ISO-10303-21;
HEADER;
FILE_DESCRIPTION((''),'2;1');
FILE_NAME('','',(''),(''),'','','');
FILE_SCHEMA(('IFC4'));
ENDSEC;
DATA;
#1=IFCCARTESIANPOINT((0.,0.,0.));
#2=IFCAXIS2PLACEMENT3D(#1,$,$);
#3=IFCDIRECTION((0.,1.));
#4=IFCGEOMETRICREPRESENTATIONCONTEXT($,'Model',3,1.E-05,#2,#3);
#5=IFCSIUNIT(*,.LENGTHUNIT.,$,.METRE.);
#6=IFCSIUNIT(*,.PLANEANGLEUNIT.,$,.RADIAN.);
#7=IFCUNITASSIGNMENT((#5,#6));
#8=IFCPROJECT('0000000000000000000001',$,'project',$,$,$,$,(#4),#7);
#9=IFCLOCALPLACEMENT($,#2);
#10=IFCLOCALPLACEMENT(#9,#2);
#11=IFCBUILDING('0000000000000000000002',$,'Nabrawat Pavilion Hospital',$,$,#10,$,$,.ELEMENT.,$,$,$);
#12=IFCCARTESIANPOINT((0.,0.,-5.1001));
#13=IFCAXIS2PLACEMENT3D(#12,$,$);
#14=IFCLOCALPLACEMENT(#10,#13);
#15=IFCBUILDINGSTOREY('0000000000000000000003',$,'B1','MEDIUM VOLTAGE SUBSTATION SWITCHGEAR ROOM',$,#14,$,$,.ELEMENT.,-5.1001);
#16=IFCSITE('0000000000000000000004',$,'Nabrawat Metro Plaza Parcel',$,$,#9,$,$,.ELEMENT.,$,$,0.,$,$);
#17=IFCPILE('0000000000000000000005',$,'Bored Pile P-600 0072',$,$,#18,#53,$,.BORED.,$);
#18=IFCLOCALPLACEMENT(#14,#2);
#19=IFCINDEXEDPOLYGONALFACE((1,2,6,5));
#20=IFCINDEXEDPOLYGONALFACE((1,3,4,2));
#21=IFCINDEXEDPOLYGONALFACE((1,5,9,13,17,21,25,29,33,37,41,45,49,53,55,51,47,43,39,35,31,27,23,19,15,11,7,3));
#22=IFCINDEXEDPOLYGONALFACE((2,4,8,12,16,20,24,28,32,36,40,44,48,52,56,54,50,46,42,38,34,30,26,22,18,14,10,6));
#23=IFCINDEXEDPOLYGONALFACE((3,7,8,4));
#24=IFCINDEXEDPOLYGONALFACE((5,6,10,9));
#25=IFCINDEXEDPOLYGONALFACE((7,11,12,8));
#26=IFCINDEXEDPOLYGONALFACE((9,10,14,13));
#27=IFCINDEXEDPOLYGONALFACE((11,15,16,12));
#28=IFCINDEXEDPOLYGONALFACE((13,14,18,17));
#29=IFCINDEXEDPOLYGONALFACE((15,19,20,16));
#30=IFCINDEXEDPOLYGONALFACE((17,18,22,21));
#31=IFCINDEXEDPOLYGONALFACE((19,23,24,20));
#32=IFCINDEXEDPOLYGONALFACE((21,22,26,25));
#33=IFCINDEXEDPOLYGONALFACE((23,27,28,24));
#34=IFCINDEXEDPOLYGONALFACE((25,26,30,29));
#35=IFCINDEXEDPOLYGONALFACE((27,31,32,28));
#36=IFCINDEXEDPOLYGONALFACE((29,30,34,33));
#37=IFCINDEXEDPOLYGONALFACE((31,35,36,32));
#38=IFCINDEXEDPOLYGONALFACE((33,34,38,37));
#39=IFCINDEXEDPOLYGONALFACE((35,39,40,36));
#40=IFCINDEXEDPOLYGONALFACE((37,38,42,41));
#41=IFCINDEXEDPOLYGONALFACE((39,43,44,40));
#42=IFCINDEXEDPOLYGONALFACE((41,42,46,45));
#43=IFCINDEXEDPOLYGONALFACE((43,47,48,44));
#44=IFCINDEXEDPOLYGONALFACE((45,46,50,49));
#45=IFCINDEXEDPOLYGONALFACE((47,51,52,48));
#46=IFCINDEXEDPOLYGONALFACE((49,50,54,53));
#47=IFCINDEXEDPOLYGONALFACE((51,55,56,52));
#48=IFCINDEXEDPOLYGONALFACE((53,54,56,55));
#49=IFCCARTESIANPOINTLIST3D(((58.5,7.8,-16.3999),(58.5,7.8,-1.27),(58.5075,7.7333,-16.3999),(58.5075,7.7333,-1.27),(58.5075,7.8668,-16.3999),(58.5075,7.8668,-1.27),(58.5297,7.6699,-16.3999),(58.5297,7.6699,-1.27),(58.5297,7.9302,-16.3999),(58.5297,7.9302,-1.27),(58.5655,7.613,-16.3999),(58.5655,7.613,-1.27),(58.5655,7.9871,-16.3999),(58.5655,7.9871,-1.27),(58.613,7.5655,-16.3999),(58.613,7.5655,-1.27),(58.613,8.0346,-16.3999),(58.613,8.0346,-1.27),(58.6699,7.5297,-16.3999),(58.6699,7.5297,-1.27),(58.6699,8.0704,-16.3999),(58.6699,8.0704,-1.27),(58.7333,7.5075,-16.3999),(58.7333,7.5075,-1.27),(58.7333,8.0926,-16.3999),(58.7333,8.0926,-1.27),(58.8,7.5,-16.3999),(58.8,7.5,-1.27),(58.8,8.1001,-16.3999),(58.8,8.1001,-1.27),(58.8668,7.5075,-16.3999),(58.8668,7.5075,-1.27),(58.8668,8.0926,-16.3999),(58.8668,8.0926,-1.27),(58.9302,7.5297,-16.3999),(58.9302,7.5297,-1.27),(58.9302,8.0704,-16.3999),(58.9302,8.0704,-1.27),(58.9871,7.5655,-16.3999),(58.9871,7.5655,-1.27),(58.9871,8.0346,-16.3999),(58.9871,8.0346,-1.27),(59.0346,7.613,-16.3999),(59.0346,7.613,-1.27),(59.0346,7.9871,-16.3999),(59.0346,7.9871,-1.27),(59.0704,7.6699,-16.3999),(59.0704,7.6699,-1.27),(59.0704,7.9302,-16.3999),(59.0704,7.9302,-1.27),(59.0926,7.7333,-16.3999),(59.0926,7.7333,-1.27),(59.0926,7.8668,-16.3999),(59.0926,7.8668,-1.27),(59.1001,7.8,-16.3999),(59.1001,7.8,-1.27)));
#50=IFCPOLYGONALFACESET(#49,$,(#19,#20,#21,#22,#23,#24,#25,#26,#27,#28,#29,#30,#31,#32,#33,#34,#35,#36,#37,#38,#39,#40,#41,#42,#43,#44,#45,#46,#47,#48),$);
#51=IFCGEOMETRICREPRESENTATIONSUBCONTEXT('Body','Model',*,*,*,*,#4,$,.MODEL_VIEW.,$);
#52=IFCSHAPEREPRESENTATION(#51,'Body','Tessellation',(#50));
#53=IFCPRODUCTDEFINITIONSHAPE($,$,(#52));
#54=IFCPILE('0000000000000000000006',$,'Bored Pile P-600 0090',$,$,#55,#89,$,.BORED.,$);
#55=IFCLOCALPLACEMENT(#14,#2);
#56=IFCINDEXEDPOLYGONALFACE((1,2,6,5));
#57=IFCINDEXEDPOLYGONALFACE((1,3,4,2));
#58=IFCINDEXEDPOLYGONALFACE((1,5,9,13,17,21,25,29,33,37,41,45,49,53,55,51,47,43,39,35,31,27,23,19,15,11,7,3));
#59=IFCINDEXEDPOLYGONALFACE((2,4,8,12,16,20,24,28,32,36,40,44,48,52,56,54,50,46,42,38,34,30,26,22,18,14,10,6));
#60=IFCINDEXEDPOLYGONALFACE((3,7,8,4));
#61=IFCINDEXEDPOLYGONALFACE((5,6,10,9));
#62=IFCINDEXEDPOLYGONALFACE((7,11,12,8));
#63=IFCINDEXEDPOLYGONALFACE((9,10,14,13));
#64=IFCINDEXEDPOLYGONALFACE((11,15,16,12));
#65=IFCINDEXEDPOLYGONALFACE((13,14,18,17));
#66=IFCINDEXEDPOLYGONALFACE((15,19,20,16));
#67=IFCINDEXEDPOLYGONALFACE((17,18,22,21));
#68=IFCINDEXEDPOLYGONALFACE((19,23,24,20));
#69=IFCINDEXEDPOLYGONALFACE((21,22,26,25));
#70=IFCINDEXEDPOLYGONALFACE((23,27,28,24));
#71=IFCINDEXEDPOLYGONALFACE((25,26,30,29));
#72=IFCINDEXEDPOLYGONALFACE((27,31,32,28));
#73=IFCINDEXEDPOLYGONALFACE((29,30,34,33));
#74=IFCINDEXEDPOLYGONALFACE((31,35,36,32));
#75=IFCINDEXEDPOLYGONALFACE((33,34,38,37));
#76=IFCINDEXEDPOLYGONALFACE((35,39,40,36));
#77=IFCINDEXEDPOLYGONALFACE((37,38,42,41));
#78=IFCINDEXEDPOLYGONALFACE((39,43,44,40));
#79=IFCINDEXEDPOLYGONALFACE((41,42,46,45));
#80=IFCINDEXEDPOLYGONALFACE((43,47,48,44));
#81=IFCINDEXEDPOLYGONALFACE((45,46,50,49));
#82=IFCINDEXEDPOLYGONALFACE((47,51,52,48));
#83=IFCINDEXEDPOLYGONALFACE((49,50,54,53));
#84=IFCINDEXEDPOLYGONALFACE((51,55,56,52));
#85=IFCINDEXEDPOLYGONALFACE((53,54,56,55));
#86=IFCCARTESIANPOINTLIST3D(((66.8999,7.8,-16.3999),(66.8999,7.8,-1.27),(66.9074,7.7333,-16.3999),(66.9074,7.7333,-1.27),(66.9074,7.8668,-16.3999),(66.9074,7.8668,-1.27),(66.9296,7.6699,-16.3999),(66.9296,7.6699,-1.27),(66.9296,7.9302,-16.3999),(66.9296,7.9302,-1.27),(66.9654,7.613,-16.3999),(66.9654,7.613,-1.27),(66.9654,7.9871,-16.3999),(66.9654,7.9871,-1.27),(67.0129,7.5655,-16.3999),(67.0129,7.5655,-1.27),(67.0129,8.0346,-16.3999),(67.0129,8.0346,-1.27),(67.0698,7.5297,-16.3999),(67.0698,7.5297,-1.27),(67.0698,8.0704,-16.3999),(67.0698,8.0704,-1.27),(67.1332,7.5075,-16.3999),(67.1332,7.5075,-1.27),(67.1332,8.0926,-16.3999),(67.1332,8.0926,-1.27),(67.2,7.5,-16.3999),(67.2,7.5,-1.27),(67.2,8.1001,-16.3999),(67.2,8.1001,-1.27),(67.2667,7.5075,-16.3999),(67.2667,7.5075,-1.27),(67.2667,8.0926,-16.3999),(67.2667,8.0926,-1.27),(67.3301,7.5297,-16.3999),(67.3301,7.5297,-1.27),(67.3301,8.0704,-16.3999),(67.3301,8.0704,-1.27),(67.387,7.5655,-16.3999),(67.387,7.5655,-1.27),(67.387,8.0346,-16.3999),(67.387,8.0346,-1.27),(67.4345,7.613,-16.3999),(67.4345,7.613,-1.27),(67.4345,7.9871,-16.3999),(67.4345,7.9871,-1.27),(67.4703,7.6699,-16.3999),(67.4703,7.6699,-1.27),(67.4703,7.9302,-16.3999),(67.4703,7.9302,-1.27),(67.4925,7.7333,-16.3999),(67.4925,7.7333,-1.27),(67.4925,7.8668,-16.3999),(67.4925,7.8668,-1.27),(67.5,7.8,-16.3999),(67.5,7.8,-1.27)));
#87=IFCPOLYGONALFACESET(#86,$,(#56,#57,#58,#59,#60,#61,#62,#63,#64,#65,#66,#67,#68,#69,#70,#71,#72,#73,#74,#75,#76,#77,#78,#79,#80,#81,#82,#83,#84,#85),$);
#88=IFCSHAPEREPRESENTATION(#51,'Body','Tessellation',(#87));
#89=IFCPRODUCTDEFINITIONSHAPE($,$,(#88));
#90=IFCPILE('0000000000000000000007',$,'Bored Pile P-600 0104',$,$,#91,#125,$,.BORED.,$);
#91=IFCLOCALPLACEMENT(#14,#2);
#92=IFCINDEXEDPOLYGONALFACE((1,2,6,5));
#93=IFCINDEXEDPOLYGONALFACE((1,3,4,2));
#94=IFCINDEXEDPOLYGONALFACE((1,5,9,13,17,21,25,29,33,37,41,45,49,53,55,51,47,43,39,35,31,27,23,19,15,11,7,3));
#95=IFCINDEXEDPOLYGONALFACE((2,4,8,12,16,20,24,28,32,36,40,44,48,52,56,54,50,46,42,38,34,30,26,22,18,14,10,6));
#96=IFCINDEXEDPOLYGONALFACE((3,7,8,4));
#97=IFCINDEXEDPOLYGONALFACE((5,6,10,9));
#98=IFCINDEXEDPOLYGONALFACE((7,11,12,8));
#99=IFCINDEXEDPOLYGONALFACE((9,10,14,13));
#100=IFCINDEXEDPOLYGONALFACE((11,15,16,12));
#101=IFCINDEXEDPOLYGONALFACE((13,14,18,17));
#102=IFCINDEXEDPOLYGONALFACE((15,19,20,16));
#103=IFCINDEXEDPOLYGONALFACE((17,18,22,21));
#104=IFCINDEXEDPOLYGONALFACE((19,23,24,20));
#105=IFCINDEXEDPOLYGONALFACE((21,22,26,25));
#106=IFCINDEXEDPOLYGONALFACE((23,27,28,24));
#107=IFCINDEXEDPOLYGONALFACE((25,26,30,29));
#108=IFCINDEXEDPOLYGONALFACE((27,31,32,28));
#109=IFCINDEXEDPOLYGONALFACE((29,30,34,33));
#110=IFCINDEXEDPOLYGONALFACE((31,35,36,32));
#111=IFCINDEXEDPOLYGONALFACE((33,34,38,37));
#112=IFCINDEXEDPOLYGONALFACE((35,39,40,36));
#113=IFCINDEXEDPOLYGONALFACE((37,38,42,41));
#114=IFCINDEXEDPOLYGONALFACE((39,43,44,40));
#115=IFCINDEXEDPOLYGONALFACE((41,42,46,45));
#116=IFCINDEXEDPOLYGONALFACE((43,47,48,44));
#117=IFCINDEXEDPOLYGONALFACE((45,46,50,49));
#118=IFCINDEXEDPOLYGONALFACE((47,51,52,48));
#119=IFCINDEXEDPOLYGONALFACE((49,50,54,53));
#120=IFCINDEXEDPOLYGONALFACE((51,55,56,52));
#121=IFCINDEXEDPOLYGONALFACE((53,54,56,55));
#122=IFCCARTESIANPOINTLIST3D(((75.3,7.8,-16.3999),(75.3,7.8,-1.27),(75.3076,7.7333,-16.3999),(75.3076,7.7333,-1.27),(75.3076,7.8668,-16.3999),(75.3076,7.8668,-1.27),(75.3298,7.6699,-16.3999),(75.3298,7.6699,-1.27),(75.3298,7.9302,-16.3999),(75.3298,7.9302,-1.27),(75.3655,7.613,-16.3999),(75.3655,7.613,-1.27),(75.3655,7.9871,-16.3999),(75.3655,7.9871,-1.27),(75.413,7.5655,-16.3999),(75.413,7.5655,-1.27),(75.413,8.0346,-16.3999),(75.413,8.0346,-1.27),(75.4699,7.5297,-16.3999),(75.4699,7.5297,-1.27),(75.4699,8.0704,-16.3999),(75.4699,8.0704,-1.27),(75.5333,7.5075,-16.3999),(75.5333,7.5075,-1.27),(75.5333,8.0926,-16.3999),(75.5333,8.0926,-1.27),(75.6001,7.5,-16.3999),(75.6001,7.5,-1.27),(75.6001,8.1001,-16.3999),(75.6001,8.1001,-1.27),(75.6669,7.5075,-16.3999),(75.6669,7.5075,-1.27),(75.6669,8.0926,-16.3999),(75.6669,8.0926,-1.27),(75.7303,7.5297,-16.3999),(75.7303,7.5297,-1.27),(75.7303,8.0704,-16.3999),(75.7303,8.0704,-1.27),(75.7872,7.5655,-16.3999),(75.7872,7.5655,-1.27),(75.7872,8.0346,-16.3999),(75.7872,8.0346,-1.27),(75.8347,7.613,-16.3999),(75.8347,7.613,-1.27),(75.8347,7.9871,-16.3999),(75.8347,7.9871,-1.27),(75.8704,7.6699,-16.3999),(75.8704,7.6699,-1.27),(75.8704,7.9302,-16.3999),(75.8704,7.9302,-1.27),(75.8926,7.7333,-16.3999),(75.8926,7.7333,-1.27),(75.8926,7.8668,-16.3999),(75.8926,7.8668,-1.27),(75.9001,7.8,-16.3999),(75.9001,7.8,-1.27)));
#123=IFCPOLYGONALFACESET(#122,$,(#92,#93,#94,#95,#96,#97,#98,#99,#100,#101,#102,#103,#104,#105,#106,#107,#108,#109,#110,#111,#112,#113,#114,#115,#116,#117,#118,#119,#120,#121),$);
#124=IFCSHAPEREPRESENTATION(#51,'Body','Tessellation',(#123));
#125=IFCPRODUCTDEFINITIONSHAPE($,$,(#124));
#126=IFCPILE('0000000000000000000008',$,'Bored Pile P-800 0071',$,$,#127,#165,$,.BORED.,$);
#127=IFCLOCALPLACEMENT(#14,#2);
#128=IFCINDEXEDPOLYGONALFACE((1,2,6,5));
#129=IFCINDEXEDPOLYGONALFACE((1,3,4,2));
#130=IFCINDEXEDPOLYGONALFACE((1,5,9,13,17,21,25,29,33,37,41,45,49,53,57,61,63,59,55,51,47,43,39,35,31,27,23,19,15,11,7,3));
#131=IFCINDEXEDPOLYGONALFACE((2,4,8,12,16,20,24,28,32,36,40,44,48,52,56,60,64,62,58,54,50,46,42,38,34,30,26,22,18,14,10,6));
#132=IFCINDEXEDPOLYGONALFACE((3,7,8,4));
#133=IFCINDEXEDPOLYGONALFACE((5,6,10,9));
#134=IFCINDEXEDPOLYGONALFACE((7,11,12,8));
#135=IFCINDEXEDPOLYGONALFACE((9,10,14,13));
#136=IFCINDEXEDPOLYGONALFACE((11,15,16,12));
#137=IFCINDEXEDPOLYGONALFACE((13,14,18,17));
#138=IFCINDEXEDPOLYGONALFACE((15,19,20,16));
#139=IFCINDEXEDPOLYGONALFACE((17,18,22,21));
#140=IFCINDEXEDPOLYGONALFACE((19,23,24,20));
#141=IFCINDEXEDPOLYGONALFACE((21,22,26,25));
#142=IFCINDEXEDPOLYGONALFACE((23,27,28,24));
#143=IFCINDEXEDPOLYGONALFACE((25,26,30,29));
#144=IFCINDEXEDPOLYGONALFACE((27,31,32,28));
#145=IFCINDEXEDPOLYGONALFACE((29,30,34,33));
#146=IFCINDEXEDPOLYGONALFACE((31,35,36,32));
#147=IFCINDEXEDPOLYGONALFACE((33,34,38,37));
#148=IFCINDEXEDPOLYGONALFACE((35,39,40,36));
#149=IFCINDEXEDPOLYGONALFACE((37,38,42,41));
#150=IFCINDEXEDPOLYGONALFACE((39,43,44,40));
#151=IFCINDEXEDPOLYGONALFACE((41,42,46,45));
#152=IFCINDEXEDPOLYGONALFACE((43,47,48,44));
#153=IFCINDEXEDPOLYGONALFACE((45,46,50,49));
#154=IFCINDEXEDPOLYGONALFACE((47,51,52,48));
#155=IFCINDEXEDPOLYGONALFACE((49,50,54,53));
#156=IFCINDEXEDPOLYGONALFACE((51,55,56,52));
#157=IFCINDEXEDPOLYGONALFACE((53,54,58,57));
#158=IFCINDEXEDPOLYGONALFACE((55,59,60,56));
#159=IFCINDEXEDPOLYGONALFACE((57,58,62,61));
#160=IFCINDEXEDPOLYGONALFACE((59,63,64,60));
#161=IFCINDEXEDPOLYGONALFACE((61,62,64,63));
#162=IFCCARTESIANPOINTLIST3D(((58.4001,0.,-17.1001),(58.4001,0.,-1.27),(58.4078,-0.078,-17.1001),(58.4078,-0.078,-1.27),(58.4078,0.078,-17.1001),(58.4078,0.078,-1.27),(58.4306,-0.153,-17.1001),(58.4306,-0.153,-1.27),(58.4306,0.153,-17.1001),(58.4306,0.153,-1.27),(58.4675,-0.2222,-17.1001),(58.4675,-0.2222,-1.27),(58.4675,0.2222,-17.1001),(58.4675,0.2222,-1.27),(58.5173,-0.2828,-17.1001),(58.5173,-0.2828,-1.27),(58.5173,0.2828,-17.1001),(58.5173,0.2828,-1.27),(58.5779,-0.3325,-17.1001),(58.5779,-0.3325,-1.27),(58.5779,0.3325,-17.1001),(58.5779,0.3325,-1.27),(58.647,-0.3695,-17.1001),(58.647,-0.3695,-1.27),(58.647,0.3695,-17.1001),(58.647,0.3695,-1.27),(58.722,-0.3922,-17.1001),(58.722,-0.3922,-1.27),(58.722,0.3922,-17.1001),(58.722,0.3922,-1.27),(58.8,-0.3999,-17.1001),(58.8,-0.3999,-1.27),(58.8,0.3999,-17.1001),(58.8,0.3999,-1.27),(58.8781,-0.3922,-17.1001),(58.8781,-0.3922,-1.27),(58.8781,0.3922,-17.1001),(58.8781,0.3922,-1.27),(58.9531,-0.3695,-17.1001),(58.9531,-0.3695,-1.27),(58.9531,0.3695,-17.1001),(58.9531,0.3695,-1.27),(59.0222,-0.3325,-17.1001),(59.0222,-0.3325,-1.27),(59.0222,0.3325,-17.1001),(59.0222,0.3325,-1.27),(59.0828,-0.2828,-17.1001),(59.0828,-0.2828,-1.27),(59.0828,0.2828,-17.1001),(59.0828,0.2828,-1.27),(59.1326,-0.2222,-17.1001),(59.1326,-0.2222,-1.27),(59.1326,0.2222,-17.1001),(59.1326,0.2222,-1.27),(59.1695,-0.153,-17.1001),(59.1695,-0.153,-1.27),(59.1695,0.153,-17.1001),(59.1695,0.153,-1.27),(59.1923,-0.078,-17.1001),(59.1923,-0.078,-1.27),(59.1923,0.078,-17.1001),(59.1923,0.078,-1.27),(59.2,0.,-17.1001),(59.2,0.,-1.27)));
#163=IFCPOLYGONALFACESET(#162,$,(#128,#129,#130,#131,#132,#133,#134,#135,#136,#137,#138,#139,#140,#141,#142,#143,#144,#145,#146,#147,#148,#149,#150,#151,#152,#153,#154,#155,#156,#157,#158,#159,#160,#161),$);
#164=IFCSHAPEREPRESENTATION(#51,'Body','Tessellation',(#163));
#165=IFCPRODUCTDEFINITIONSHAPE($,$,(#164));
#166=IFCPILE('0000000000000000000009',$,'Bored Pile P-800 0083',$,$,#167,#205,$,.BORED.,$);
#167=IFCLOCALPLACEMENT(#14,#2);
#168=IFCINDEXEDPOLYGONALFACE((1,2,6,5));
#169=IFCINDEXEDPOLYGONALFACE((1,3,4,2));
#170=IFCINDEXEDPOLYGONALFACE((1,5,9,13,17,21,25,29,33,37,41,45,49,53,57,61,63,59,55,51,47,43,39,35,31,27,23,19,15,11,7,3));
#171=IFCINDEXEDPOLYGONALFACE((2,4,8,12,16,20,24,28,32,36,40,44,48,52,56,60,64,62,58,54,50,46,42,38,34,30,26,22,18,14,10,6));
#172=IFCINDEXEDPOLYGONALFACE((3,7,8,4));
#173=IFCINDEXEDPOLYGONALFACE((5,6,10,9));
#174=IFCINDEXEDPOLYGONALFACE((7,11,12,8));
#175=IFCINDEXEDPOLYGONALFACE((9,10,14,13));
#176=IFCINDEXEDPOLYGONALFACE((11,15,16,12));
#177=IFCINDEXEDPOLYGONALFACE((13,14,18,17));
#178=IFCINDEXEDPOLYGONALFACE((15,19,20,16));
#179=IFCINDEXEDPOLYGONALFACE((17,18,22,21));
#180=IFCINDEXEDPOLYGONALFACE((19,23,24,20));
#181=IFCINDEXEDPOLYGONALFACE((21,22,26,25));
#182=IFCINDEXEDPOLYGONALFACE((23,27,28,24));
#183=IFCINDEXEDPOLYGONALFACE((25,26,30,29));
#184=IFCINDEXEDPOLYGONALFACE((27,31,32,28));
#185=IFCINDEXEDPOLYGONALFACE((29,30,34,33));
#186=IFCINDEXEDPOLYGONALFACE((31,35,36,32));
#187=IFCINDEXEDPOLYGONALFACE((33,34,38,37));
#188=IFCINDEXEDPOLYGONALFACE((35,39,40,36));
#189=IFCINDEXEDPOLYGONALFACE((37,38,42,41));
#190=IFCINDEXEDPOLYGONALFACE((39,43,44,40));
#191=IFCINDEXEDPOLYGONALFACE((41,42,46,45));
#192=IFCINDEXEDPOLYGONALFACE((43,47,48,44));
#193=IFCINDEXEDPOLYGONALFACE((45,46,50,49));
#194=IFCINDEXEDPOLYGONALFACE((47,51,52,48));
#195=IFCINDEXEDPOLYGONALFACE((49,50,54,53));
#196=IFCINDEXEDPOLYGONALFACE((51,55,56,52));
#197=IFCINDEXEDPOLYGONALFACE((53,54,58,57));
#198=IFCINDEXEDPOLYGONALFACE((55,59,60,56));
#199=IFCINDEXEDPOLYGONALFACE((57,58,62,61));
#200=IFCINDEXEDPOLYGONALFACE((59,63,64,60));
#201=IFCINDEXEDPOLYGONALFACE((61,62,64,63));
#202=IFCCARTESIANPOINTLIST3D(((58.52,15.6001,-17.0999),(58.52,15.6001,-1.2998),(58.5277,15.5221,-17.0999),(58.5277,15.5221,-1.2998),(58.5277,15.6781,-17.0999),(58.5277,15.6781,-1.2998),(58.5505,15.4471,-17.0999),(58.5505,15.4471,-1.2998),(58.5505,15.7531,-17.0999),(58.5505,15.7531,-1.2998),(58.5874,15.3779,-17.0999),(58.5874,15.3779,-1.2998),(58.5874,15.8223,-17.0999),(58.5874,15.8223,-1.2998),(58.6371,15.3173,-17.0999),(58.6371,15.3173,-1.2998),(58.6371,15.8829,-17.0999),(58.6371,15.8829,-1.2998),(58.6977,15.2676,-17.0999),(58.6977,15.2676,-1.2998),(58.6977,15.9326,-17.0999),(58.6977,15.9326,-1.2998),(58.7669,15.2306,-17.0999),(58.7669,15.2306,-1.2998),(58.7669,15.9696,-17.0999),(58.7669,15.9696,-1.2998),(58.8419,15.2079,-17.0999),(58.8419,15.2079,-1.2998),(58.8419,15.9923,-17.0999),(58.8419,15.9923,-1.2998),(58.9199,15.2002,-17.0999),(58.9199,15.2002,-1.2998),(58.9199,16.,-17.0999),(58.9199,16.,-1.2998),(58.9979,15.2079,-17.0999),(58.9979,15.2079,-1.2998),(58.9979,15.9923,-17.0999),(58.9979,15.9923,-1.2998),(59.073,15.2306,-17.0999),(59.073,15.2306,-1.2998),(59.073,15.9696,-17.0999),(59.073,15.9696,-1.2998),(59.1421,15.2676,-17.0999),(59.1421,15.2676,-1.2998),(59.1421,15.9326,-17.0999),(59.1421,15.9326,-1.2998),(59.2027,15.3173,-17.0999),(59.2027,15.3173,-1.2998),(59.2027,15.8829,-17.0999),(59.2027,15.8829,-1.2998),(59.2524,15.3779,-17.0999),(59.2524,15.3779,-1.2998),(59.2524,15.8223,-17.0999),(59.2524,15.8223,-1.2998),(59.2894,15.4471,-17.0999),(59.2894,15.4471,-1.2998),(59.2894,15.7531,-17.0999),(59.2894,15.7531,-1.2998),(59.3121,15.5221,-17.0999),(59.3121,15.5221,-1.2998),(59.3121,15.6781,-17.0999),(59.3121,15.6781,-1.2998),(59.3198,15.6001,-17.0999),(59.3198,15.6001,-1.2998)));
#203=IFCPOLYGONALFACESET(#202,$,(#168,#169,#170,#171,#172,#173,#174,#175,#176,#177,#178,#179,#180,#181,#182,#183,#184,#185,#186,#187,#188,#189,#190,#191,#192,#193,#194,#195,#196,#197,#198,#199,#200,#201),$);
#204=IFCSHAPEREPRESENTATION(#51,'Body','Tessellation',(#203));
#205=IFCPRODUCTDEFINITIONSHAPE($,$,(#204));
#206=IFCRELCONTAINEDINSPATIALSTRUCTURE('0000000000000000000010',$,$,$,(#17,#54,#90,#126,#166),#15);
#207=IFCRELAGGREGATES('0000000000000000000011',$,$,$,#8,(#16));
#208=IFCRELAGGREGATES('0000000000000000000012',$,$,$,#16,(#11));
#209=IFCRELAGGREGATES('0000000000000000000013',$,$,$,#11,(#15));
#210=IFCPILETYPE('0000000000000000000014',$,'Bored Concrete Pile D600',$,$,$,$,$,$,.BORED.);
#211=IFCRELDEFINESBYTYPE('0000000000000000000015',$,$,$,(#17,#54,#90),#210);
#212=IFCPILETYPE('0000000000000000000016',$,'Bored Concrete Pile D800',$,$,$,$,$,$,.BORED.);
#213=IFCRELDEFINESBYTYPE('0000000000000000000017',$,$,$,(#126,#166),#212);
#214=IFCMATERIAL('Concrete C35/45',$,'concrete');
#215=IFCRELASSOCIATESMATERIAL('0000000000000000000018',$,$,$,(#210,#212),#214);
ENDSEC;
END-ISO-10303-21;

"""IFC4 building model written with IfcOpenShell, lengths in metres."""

from ifc_helpers import new_model, si_unit, direction, frame, origin, origin_2d, place, context, subcontext, project, spatial, circle, extrude, material, material_profile, profile_set, type_object, element, save


model = new_model("IFC4")

# Units and contexts
model_context = context("Model", 3, precision=1e-05, world=origin(), true_north=direction((0.0, 1.0)))
body_context = subcontext(model_context, "Body", "Model", "MODEL_VIEW")
ifc_project = project(units=[si_unit("LENGTHUNIT", "METRE"), si_unit("PLANEANGLEUNIT", "RADIAN")], contexts=[model_context])

# Site, building, storey
site_placement = place(None, origin())
site = spatial("IfcSite", under=ifc_project, at=site_placement, Name="Nabrawat Metro Plaza Parcel", CompositionType="ELEMENT", RefElevation=0.0)
building_placement = place(site_placement, origin())
building = spatial("IfcBuilding", under=site, at=building_placement, Name="Nabrawat Pavilion Hospital", CompositionType="ELEMENT")
storey_placement = place(building_placement, frame((0.0, 0.0, -5.1001)))
storey = spatial("IfcBuildingStorey", under=building, at=storey_placement, Name="B1", Description="MEDIUM VOLTAGE SUBSTATION SWITCHGEAR ROOM", CompositionType="ELEMENT", Elevation=-5.1001)

# Piles
ifc_material_1 = material(Name="Concrete C35/45", Category="concrete")
ifc_material_profile_1 = material_profile(ifc_material_1, circle(Radius=0.3, at=origin_2d()), Name="DIA 600")
ifc_profile_set_1 = profile_set([ifc_material_profile_1], Name="Concrete C35/45")
pile_type_1 = type_object("IfcPileType", Name="Bored Concrete Pile D600", PredefinedType="BORED", material=ifc_profile_set_1)
for number, where, z_axis, x_axis, name in (
    (1, (58.8, 7.8, -1.27), (0.0, 0.0, -1.0), (1.0, 0.0, 0.0), "Bored Pile P-600 0072"),
    (2, (67.2, 7.8, -1.27), (0.0, 0.0, -1.0), (1.0, 0.0, 0.0), "Bored Pile P-600 0090"),
    (3, (75.6001, 7.8, -1.27), (0.0, 0.0, -1.0), (1.0, 0.0, 0.0), "Bored Pile P-600 0104"),
):
    element("IfcPile", number, at=place(storey_placement, frame(where, z_axis=z_axis, x_axis=x_axis)), inside=storey, type_object=pile_type_1, Name=name, PredefinedType="BORED", context=body_context, shape_type="SweptSolid", body=[
        extrude(circle(Radius=0.3, at=origin_2d()), origin(), (0.0, 0.0, 1.0), 15.1299),
    ])
ifc_material_profile_2 = material_profile(ifc_material_1, circle(Radius=0.3999, at=origin_2d()), Name="DIA 800")
ifc_profile_set_2 = profile_set([ifc_material_profile_2], Name="Concrete C35/45")
pile_type_2 = type_object("IfcPileType", Name="Bored Concrete Pile D800", PredefinedType="BORED", material=ifc_profile_set_2)
pile_1_placement = place(storey_placement, frame((58.8, 0.0, -1.27), z_axis=(0.0, 0.0, -1.0), x_axis=(1.0, 0.0, 0.0)))
element("IfcPile", 4, at=pile_1_placement, inside=storey, type_object=pile_type_2, Name="Bored Pile P-800 0071", PredefinedType="BORED", context=body_context, shape_type="SweptSolid", body=[
    extrude(circle(Radius=0.3999, at=origin_2d()), origin(), (0.0, 0.0, 1.0), 15.8301),
])
for number, where, z_axis, x_axis, name in (
    (5, (58.9199, 15.6001, -1.2998), (0.0, 0.0, -1.0), (1.0, 0.0, 0.0), "Bored Pile P-800 0083"),
):
    element("IfcPile", number, at=place(storey_placement, frame(where, z_axis=z_axis, x_axis=x_axis)), inside=storey, type_object=pile_type_2, Name=name, PredefinedType="BORED", context=body_context, shape_type="SweptSolid", body=[
        extrude(circle(Radius=0.3999, at=origin_2d()), origin(), (0.0, 0.0, 1.0), 15.8),
    ])

save(model, "model.ifc")
